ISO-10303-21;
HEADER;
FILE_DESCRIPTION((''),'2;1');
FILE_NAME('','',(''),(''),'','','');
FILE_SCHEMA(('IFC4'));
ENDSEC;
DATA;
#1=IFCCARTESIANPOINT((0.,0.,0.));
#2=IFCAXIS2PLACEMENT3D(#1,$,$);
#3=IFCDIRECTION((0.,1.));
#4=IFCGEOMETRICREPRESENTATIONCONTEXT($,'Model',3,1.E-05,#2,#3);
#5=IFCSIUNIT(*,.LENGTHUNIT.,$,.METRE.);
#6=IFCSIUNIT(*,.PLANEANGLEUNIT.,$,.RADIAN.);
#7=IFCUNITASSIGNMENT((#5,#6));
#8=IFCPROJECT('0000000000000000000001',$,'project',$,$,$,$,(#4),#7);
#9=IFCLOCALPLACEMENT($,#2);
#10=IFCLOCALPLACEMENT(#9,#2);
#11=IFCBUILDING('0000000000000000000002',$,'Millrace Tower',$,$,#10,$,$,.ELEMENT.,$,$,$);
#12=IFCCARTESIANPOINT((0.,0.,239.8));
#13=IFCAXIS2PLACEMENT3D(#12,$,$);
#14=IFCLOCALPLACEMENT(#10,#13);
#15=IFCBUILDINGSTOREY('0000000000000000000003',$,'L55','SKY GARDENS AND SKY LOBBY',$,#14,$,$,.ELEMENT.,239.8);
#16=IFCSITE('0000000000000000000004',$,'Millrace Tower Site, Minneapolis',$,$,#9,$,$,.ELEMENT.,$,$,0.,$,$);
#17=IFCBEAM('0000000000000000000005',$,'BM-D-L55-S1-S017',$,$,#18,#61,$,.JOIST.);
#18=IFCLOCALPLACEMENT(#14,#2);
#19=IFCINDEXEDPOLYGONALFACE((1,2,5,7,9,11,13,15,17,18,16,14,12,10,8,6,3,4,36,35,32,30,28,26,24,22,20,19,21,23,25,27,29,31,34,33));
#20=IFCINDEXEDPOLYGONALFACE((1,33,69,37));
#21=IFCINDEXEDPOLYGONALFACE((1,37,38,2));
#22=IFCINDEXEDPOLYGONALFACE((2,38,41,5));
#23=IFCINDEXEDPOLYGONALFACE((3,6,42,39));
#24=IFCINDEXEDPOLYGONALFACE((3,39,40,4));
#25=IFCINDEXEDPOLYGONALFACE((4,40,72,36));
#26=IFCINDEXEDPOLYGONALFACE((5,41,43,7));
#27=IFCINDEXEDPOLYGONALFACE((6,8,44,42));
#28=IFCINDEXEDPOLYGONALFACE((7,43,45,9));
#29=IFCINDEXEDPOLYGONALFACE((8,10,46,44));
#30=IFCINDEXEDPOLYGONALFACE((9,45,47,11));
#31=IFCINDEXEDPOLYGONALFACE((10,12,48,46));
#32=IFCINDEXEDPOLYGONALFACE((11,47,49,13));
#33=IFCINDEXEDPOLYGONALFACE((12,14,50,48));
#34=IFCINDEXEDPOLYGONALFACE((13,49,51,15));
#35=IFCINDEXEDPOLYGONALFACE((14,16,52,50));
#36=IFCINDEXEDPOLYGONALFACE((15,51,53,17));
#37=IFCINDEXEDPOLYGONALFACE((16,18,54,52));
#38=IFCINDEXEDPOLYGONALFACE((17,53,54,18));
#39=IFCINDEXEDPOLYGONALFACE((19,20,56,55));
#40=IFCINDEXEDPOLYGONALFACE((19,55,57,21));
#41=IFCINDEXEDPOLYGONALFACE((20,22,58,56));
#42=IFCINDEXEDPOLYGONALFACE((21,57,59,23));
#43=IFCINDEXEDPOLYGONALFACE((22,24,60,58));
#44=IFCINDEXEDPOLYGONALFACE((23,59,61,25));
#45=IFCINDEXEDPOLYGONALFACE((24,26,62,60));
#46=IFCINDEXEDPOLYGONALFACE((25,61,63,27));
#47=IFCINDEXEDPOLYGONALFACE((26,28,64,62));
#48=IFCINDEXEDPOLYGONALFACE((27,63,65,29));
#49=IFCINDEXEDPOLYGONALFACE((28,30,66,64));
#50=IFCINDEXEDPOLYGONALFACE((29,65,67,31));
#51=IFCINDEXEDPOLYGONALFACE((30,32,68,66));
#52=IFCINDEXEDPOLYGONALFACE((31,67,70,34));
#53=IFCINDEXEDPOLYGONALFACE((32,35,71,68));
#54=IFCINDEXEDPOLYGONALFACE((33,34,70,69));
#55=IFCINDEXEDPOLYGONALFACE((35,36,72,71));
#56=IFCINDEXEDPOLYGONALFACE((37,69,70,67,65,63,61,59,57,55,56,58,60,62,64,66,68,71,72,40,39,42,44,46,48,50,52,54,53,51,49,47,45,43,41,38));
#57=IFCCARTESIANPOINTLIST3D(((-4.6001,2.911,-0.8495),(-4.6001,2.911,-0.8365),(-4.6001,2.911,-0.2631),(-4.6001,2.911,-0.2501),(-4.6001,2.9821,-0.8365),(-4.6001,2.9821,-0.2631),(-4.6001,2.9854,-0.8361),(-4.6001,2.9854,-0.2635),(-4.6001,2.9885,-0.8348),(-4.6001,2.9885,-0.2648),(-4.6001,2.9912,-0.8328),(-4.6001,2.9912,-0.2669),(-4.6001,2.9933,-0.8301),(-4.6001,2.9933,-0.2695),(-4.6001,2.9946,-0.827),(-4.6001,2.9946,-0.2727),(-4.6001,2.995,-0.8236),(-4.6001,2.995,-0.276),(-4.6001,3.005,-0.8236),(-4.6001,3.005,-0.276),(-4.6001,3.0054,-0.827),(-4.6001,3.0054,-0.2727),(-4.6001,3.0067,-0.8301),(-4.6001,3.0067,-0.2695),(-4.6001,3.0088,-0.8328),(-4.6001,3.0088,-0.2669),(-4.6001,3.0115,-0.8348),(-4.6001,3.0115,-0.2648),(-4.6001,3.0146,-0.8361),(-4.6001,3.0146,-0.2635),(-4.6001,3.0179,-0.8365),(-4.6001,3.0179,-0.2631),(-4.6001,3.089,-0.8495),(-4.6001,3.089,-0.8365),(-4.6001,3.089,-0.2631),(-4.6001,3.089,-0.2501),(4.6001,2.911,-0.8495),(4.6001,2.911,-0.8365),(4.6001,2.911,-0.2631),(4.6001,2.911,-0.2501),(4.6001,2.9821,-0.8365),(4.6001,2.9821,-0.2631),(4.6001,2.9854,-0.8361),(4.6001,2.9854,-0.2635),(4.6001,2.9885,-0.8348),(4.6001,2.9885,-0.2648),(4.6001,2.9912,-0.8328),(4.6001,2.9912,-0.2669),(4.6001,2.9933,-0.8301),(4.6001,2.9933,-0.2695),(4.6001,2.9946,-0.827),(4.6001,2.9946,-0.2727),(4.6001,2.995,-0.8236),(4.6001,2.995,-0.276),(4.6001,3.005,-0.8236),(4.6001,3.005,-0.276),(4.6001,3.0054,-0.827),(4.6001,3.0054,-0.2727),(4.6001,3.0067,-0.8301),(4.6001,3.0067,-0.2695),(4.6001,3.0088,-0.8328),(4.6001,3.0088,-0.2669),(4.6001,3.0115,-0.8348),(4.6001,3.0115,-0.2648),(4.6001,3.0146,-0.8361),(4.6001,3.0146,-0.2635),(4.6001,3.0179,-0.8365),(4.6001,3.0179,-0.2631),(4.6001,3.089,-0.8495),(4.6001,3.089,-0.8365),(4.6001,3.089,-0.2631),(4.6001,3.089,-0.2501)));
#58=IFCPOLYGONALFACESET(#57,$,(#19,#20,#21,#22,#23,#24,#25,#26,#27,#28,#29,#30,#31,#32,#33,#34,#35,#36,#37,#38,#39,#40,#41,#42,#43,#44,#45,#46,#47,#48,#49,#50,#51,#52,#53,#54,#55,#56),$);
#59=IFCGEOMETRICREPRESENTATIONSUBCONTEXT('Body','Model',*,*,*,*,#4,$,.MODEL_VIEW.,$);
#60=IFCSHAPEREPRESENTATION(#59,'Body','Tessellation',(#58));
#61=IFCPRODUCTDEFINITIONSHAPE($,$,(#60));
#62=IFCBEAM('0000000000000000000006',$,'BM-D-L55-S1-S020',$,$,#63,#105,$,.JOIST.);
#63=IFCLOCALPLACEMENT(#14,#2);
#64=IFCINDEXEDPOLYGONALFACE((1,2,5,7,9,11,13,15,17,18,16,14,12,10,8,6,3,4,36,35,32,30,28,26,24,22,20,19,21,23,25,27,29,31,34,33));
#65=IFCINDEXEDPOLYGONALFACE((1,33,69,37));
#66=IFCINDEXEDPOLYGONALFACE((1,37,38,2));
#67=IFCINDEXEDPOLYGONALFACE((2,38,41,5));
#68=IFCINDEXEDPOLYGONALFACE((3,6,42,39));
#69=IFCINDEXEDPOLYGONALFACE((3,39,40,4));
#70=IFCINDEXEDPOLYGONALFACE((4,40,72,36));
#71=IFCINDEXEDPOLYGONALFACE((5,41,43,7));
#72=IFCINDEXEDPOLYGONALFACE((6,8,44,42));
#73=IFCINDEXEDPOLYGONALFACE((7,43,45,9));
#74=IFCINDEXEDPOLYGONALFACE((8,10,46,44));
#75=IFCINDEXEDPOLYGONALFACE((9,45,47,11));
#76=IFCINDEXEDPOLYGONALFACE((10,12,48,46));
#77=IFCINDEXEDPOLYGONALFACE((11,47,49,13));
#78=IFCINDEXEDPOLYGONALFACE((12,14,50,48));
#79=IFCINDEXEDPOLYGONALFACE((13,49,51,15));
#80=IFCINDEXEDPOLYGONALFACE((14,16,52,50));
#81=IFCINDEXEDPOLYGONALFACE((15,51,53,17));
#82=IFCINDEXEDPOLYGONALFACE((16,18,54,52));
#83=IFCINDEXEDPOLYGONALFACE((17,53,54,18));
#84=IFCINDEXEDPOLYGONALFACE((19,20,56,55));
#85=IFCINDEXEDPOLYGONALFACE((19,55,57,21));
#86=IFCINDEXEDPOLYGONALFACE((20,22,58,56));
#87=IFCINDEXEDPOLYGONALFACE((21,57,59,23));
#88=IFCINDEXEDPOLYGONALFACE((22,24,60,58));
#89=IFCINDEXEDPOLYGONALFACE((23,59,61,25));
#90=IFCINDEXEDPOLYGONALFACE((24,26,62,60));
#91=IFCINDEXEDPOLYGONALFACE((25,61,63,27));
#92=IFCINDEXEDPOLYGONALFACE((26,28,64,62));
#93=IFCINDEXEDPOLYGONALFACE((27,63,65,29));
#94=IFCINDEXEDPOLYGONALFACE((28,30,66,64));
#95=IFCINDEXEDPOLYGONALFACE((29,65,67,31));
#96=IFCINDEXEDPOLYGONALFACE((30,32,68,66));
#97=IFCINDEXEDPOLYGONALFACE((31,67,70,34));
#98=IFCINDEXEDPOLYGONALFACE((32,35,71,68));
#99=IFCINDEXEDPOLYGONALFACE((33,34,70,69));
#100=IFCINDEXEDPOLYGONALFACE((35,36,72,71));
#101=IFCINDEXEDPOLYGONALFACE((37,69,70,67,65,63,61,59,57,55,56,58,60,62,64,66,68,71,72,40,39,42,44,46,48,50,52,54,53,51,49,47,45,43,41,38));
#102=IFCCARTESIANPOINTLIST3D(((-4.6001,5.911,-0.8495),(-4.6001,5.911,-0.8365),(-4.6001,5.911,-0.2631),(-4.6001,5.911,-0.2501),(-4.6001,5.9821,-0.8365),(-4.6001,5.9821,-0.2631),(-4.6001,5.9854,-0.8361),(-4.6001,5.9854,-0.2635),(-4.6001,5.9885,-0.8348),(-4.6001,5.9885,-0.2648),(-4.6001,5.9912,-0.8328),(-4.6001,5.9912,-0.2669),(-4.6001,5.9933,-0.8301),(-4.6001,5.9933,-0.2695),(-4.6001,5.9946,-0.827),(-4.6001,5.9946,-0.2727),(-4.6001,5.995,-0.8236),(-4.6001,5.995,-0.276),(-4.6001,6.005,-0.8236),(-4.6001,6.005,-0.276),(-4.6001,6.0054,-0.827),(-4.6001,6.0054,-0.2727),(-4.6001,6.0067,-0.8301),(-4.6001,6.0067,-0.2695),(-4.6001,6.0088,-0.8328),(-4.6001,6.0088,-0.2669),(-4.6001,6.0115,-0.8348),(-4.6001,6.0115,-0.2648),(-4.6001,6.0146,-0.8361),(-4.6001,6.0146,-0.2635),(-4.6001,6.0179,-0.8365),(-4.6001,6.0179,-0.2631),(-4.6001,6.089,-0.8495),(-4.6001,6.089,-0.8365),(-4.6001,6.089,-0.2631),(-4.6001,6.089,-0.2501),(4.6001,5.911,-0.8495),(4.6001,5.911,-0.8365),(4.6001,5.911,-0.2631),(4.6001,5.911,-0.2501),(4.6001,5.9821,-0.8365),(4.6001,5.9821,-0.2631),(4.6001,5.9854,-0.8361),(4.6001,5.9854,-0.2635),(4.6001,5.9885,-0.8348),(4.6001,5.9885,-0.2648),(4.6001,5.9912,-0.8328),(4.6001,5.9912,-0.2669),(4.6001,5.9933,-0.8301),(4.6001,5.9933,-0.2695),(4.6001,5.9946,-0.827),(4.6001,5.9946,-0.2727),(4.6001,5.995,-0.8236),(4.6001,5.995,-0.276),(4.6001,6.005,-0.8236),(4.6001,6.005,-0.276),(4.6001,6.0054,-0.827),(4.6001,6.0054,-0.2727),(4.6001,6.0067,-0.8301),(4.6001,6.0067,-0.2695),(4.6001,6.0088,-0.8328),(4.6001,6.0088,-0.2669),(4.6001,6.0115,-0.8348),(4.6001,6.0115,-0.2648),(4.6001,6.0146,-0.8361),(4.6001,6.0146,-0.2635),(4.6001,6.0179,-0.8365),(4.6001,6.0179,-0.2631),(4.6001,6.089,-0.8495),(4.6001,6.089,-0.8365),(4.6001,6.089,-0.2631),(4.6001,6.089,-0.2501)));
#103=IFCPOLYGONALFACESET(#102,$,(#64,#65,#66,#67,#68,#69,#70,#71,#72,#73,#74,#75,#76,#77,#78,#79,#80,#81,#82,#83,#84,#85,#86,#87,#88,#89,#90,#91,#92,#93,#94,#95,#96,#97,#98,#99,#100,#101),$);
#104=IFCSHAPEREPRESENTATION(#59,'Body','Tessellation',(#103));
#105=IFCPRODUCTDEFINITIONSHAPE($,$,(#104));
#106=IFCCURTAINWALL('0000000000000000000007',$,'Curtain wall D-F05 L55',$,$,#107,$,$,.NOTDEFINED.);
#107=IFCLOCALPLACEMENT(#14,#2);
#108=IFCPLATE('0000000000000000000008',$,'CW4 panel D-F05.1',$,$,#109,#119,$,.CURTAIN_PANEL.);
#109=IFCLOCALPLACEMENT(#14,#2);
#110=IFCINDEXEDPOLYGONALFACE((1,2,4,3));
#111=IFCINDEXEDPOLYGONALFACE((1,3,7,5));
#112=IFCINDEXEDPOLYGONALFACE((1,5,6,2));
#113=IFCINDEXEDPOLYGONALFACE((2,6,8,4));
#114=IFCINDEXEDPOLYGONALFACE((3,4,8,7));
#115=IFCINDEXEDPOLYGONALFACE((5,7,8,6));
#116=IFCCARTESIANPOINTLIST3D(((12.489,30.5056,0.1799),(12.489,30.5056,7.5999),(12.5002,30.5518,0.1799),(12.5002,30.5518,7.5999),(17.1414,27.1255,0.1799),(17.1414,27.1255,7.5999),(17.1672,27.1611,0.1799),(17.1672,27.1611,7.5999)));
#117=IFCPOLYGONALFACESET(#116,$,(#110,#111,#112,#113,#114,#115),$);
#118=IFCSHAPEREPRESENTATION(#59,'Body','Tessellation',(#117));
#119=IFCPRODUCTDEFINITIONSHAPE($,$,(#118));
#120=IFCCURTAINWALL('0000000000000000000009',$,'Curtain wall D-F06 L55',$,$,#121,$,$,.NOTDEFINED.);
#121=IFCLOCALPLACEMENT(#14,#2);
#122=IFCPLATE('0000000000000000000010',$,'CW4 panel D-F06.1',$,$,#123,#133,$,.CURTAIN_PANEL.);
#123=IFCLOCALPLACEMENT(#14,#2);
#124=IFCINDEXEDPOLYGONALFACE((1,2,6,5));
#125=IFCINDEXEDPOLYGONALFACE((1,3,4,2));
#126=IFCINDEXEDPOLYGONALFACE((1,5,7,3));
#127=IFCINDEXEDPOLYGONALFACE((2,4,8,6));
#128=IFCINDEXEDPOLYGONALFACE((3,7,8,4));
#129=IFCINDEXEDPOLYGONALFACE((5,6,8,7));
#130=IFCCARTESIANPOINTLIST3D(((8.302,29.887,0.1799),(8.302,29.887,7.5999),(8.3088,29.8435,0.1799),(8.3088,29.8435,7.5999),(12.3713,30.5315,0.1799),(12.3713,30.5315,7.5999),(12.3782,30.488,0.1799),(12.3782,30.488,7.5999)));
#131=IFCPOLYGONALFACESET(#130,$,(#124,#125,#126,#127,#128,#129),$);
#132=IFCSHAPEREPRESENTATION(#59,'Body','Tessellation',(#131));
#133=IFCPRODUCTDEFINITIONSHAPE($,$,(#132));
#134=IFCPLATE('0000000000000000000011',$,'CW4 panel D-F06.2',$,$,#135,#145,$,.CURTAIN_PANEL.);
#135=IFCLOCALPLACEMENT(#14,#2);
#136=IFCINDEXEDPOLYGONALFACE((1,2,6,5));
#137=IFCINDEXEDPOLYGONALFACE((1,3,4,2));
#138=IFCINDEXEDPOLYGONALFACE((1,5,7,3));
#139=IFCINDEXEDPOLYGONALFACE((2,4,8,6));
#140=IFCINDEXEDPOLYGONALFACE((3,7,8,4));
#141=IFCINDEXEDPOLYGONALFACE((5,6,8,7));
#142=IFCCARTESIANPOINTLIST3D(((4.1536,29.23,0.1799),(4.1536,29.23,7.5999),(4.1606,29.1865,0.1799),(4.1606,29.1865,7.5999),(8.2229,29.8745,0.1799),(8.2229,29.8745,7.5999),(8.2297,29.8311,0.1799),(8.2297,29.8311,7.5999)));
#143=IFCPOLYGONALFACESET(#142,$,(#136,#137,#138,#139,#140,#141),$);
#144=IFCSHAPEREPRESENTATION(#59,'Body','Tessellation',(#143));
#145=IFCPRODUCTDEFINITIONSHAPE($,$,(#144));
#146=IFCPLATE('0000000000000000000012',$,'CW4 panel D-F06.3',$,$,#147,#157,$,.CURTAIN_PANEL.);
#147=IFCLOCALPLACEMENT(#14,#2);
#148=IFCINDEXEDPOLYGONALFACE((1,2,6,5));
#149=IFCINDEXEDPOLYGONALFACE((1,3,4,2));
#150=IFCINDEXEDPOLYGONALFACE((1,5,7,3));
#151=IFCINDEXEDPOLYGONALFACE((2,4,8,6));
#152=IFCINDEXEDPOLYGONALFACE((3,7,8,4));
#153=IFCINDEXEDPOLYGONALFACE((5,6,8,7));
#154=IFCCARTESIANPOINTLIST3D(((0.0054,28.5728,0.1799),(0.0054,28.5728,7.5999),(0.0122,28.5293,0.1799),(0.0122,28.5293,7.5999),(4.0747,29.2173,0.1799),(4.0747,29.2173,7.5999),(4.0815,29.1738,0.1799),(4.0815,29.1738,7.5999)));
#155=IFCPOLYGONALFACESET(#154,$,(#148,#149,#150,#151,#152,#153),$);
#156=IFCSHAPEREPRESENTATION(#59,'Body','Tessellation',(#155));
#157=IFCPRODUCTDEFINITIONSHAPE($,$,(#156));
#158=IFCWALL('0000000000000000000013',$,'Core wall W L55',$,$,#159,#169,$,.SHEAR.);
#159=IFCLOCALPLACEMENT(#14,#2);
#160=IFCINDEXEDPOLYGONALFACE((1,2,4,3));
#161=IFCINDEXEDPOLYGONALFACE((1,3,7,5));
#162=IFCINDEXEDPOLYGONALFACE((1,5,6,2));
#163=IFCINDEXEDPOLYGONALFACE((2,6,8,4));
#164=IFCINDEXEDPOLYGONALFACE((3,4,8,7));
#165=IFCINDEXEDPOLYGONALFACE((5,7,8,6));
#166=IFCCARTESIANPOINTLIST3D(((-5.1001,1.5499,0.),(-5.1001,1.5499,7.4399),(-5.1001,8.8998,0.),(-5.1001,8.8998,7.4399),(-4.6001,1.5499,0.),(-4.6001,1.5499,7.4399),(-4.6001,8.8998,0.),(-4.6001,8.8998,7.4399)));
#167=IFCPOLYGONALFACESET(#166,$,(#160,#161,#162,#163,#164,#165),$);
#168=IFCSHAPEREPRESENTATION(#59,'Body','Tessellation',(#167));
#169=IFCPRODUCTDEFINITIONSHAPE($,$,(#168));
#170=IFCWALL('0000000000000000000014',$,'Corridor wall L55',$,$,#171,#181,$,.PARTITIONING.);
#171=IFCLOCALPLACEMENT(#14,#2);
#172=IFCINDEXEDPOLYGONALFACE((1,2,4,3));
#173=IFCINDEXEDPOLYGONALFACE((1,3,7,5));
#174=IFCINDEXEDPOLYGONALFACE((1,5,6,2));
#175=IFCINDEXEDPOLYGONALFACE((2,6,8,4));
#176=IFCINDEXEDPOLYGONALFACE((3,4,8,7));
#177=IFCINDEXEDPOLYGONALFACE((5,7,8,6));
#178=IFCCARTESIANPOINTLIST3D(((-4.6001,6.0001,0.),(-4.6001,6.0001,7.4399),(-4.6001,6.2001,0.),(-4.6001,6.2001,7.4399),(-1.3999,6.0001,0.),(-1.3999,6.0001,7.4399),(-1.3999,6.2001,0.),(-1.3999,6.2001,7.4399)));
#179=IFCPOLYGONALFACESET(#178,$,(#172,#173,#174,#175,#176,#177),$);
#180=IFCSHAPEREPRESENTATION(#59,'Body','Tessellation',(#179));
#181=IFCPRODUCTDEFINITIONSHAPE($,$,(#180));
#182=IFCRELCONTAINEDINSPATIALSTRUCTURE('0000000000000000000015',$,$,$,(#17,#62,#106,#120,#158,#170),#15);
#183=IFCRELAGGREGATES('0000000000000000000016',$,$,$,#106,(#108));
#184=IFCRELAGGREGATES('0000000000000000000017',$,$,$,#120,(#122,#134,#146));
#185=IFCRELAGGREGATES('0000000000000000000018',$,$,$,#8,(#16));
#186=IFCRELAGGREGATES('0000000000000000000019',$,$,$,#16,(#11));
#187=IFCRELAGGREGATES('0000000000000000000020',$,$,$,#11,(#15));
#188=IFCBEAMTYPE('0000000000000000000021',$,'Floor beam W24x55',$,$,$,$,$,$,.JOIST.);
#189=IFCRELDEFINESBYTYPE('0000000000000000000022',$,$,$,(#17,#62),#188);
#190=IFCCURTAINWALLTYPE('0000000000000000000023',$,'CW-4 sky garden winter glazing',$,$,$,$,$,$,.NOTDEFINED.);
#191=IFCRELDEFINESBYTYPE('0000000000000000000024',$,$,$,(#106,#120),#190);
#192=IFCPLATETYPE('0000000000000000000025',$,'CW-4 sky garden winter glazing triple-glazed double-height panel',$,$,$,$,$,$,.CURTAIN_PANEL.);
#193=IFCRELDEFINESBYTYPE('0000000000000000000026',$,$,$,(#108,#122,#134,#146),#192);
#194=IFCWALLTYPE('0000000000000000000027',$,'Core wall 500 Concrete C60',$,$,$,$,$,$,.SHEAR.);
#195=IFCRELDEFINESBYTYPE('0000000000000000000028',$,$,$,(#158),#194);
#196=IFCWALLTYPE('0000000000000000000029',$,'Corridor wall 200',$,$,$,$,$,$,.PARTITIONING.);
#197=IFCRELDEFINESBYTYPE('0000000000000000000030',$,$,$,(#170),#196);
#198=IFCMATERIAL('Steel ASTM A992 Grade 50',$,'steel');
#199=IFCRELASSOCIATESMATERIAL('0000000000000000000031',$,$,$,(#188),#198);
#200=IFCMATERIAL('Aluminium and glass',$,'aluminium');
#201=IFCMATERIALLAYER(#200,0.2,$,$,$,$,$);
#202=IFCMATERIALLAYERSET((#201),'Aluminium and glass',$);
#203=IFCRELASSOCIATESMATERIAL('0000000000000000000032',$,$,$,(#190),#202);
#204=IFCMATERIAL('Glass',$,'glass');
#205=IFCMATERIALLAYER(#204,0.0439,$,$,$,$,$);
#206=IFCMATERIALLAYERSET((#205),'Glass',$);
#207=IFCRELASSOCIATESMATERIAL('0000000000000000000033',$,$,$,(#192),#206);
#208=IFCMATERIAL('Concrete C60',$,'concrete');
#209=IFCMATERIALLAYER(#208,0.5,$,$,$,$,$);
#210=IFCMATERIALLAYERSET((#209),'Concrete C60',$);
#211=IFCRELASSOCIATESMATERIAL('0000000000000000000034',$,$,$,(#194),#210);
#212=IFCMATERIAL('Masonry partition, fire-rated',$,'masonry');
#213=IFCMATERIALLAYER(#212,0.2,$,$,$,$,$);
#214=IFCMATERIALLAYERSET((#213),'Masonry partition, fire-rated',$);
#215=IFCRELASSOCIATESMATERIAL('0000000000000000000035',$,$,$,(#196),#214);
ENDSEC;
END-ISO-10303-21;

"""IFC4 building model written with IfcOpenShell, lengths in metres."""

from ifc_helpers import new_model, si_unit, direction, frame, frame_2d, origin, origin_2d, place, context, subcontext, project, spatial, polyline, rectangle, i_section, outline, extrude, material, layer, layer_set, material_profile, profile_set, type_object, element, aggregate, save


model = new_model("IFC4")

# Units and contexts
model_context = context("Model", 3, precision=1e-05, world=origin(), true_north=direction((0.0, 1.0)))
body_context = subcontext(model_context, "Body", "Model", "MODEL_VIEW")
ifc_project = project(units=[si_unit("LENGTHUNIT", "METRE"), si_unit("PLANEANGLEUNIT", "RADIAN")], contexts=[model_context])

# Site, building, storey
site_placement = place(None, origin())
site = spatial("IfcSite", under=ifc_project, at=site_placement, Name="Millrace Tower Site, Minneapolis", CompositionType="ELEMENT", RefElevation=0.0)
building_placement = place(site_placement, origin())
building = spatial("IfcBuilding", under=site, at=building_placement, Name="Millrace Tower", CompositionType="ELEMENT")
storey_placement = place(building_placement, frame((0.0, 0.0, 239.8)))
storey = spatial("IfcBuildingStorey", under=building, at=storey_placement, Name="L55", Description="SKY GARDENS AND SKY LOBBY", CompositionType="ELEMENT", Elevation=239.8)

# Beams
ifc_material_1 = material(Name="Steel ASTM A992 Grade 50", Category="steel")
ifc_material_profile = material_profile(ifc_material_1, i_section(OverallWidth=0.178, OverallDepth=0.5994, WebThickness=0.01, FlangeThickness=0.0129, FilletRadius=0.0129, at=origin_2d()))
ifc_profile_set = profile_set([ifc_material_profile], Name="Steel ASTM A992 Grade 50")
beam_type = type_object("IfcBeamType", Name="Floor beam W24x55", PredefinedType="JOIST", material=ifc_profile_set)
for number, where, z_axis, x_axis, name in (
    (1, (-4.6001, 3.0, -0.5498), (1.0, 0.0, 0.0), (0.0, 1.0, 0.0), "BM-D-L55-S1-S017"),
    (2, (-4.6001, 6.0, -0.5498), (1.0, 0.0, 0.0), (0.0, 1.0, 0.0), "BM-D-L55-S1-S020"),
):
    element("IfcBeam", number, at=place(storey_placement, frame(where, z_axis=z_axis, x_axis=x_axis)), inside=storey, type_object=beam_type, Name=name, PredefinedType="JOIST", context=body_context, shape_type="SweptSolid", body=[
        extrude(i_section(OverallWidth=0.178, OverallDepth=0.5994, WebThickness=0.01, FlangeThickness=0.0129, FilletRadius=0.0129, at=origin_2d()), origin(), (0.0, 0.0, 1.0), 9.2002),
    ])

# Curtain wall, plate
ifc_material_2 = material(Name="Aluminium and glass", Category="aluminium")
ifc_layer_1 = layer(ifc_material_2, 0.2)
ifc_layer_set_1 = layer_set([ifc_layer_1], Name="Aluminium and glass")
curtain_wall_type = type_object("IfcCurtainWallType", Name="CW-4 sky garden winter glazing", PredefinedType="NOTDEFINED", material=ifc_layer_set_1)
placement_1 = place(storey_placement, origin())
curtain_wall_1 = element("IfcCurtainWall", 3, at=placement_1, inside=storey, type_object=curtain_wall_type, Name="Curtain wall D-F05 L55", PredefinedType="NOTDEFINED")
ifc_material_3 = material(Name="Glass", Category="glass")
ifc_layer_2 = layer(ifc_material_3, 0.0439)
ifc_layer_set_2 = layer_set([ifc_layer_2], Name="Glass")
plate_type = type_object("IfcPlateType", Name="CW-4 sky garden winter glazing triple-glazed double-height panel", PredefinedType="CURTAIN_PANEL", material=ifc_layer_set_2)
placement_2 = place(storey_placement, frame((0.0, 0.0, 0.1799)))
plate_1 = element("IfcPlate", 4, at=placement_2, type_object=plate_type, Name="CW4 panel D-F05.1", PredefinedType="CURTAIN_PANEL", context=body_context, shape_type="SweptSolid", body=[
    extrude(outline(polyline([(17.1672, 27.1611), (12.5002, 30.5518), (12.489, 30.5056), (17.1414, 27.1255), (17.1672, 27.1611)])), origin(), (0.0, 0.0, 1.0), 7.4199),
])
aggregate(curtain_wall_1, [plate_1])

# Curtain wall, plates
curtain_wall_2 = element("IfcCurtainWall", 5, at=placement_1, inside=storey, type_object=curtain_wall_type, Name="Curtain wall D-F06 L55", PredefinedType="NOTDEFINED")
plate_2 = element("IfcPlate", 6, at=placement_2, type_object=plate_type, Name="CW4 panel D-F06.1", PredefinedType="CURTAIN_PANEL", context=body_context, shape_type="SweptSolid", body=[
    extrude(outline(polyline([(12.3713, 30.5315), (8.302, 29.887), (8.3088, 29.8435), (12.3782, 30.488), (12.3713, 30.5315)])), origin(), (0.0, 0.0, 1.0), 7.4199),
])
plate_3 = element("IfcPlate", 7, at=placement_2, type_object=plate_type, Name="CW4 panel D-F06.2", PredefinedType="CURTAIN_PANEL", context=body_context, shape_type="SweptSolid", body=[
    extrude(outline(polyline([(8.2229, 29.8745), (4.1536, 29.23), (4.1606, 29.1865), (8.2297, 29.8311), (8.2229, 29.8745)])), origin(), (0.0, 0.0, 1.0), 7.4199),
])
plate_4 = element("IfcPlate", 8, at=placement_2, type_object=plate_type, Name="CW4 panel D-F06.3", PredefinedType="CURTAIN_PANEL", context=body_context, shape_type="SweptSolid", body=[
    extrude(outline(polyline([(4.0747, 29.2173), (0.0054, 28.5728), (0.0122, 28.5293), (4.0815, 29.1738), (4.0747, 29.2173)])), origin(), (0.0, 0.0, 1.0), 7.4199),
])
aggregate(curtain_wall_2, [plate_2, plate_3, plate_4])

# Walls
ifc_material_4 = material(Name="Concrete C60", Category="concrete")
ifc_layer_3 = layer(ifc_material_4, 0.5)
ifc_layer_set_3 = layer_set([ifc_layer_3], Name="Concrete C60")
wall_type_1 = type_object("IfcWallType", Name="Core wall 500 Concrete C60", PredefinedType="SHEAR", material=ifc_layer_set_3)
wall_1_placement = place(storey_placement, frame((-4.8501, 1.55, 0.0), z_axis=(0.0, 0.0, 1.0), x_axis=(0.0, 1.0, 0.0)))
element("IfcWall", 9, at=wall_1_placement, inside=storey, type_object=wall_type_1, Name="Core wall W L55", PredefinedType="SHEAR", context=body_context, shape_type="SweptSolid", body=[
    extrude(rectangle(XDim=7.3499, YDim=0.5, at=frame_2d((3.6748, 0.0))), origin(), (0.0, 0.0, 1.0), 7.4399),
])
ifc_material_5 = material(Name="Masonry partition, fire-rated", Category="masonry")
ifc_layer_4 = layer(ifc_material_5, 0.2)
ifc_layer_set_4 = layer_set([ifc_layer_4], Name="Masonry partition, fire-rated")
wall_type_2 = type_object("IfcWallType", Name="Corridor wall 200", PredefinedType="PARTITIONING", material=ifc_layer_set_4)
wall_2_placement = place(storey_placement, frame((-4.6001, 6.1001, 0.0), z_axis=(0.0, 0.0, 1.0), x_axis=(1.0, 0.0, 0.0)))
element("IfcWall", 10, at=wall_2_placement, inside=storey, type_object=wall_type_2, Name="Corridor wall L55", PredefinedType="PARTITIONING", context=body_context, shape_type="SweptSolid", body=[
    extrude(rectangle(XDim=3.2002, YDim=0.2, at=frame_2d((1.6001, 0.0))), origin(), (0.0, 0.0, 1.0), 7.4399),
])

save(model, "model.ifc")
